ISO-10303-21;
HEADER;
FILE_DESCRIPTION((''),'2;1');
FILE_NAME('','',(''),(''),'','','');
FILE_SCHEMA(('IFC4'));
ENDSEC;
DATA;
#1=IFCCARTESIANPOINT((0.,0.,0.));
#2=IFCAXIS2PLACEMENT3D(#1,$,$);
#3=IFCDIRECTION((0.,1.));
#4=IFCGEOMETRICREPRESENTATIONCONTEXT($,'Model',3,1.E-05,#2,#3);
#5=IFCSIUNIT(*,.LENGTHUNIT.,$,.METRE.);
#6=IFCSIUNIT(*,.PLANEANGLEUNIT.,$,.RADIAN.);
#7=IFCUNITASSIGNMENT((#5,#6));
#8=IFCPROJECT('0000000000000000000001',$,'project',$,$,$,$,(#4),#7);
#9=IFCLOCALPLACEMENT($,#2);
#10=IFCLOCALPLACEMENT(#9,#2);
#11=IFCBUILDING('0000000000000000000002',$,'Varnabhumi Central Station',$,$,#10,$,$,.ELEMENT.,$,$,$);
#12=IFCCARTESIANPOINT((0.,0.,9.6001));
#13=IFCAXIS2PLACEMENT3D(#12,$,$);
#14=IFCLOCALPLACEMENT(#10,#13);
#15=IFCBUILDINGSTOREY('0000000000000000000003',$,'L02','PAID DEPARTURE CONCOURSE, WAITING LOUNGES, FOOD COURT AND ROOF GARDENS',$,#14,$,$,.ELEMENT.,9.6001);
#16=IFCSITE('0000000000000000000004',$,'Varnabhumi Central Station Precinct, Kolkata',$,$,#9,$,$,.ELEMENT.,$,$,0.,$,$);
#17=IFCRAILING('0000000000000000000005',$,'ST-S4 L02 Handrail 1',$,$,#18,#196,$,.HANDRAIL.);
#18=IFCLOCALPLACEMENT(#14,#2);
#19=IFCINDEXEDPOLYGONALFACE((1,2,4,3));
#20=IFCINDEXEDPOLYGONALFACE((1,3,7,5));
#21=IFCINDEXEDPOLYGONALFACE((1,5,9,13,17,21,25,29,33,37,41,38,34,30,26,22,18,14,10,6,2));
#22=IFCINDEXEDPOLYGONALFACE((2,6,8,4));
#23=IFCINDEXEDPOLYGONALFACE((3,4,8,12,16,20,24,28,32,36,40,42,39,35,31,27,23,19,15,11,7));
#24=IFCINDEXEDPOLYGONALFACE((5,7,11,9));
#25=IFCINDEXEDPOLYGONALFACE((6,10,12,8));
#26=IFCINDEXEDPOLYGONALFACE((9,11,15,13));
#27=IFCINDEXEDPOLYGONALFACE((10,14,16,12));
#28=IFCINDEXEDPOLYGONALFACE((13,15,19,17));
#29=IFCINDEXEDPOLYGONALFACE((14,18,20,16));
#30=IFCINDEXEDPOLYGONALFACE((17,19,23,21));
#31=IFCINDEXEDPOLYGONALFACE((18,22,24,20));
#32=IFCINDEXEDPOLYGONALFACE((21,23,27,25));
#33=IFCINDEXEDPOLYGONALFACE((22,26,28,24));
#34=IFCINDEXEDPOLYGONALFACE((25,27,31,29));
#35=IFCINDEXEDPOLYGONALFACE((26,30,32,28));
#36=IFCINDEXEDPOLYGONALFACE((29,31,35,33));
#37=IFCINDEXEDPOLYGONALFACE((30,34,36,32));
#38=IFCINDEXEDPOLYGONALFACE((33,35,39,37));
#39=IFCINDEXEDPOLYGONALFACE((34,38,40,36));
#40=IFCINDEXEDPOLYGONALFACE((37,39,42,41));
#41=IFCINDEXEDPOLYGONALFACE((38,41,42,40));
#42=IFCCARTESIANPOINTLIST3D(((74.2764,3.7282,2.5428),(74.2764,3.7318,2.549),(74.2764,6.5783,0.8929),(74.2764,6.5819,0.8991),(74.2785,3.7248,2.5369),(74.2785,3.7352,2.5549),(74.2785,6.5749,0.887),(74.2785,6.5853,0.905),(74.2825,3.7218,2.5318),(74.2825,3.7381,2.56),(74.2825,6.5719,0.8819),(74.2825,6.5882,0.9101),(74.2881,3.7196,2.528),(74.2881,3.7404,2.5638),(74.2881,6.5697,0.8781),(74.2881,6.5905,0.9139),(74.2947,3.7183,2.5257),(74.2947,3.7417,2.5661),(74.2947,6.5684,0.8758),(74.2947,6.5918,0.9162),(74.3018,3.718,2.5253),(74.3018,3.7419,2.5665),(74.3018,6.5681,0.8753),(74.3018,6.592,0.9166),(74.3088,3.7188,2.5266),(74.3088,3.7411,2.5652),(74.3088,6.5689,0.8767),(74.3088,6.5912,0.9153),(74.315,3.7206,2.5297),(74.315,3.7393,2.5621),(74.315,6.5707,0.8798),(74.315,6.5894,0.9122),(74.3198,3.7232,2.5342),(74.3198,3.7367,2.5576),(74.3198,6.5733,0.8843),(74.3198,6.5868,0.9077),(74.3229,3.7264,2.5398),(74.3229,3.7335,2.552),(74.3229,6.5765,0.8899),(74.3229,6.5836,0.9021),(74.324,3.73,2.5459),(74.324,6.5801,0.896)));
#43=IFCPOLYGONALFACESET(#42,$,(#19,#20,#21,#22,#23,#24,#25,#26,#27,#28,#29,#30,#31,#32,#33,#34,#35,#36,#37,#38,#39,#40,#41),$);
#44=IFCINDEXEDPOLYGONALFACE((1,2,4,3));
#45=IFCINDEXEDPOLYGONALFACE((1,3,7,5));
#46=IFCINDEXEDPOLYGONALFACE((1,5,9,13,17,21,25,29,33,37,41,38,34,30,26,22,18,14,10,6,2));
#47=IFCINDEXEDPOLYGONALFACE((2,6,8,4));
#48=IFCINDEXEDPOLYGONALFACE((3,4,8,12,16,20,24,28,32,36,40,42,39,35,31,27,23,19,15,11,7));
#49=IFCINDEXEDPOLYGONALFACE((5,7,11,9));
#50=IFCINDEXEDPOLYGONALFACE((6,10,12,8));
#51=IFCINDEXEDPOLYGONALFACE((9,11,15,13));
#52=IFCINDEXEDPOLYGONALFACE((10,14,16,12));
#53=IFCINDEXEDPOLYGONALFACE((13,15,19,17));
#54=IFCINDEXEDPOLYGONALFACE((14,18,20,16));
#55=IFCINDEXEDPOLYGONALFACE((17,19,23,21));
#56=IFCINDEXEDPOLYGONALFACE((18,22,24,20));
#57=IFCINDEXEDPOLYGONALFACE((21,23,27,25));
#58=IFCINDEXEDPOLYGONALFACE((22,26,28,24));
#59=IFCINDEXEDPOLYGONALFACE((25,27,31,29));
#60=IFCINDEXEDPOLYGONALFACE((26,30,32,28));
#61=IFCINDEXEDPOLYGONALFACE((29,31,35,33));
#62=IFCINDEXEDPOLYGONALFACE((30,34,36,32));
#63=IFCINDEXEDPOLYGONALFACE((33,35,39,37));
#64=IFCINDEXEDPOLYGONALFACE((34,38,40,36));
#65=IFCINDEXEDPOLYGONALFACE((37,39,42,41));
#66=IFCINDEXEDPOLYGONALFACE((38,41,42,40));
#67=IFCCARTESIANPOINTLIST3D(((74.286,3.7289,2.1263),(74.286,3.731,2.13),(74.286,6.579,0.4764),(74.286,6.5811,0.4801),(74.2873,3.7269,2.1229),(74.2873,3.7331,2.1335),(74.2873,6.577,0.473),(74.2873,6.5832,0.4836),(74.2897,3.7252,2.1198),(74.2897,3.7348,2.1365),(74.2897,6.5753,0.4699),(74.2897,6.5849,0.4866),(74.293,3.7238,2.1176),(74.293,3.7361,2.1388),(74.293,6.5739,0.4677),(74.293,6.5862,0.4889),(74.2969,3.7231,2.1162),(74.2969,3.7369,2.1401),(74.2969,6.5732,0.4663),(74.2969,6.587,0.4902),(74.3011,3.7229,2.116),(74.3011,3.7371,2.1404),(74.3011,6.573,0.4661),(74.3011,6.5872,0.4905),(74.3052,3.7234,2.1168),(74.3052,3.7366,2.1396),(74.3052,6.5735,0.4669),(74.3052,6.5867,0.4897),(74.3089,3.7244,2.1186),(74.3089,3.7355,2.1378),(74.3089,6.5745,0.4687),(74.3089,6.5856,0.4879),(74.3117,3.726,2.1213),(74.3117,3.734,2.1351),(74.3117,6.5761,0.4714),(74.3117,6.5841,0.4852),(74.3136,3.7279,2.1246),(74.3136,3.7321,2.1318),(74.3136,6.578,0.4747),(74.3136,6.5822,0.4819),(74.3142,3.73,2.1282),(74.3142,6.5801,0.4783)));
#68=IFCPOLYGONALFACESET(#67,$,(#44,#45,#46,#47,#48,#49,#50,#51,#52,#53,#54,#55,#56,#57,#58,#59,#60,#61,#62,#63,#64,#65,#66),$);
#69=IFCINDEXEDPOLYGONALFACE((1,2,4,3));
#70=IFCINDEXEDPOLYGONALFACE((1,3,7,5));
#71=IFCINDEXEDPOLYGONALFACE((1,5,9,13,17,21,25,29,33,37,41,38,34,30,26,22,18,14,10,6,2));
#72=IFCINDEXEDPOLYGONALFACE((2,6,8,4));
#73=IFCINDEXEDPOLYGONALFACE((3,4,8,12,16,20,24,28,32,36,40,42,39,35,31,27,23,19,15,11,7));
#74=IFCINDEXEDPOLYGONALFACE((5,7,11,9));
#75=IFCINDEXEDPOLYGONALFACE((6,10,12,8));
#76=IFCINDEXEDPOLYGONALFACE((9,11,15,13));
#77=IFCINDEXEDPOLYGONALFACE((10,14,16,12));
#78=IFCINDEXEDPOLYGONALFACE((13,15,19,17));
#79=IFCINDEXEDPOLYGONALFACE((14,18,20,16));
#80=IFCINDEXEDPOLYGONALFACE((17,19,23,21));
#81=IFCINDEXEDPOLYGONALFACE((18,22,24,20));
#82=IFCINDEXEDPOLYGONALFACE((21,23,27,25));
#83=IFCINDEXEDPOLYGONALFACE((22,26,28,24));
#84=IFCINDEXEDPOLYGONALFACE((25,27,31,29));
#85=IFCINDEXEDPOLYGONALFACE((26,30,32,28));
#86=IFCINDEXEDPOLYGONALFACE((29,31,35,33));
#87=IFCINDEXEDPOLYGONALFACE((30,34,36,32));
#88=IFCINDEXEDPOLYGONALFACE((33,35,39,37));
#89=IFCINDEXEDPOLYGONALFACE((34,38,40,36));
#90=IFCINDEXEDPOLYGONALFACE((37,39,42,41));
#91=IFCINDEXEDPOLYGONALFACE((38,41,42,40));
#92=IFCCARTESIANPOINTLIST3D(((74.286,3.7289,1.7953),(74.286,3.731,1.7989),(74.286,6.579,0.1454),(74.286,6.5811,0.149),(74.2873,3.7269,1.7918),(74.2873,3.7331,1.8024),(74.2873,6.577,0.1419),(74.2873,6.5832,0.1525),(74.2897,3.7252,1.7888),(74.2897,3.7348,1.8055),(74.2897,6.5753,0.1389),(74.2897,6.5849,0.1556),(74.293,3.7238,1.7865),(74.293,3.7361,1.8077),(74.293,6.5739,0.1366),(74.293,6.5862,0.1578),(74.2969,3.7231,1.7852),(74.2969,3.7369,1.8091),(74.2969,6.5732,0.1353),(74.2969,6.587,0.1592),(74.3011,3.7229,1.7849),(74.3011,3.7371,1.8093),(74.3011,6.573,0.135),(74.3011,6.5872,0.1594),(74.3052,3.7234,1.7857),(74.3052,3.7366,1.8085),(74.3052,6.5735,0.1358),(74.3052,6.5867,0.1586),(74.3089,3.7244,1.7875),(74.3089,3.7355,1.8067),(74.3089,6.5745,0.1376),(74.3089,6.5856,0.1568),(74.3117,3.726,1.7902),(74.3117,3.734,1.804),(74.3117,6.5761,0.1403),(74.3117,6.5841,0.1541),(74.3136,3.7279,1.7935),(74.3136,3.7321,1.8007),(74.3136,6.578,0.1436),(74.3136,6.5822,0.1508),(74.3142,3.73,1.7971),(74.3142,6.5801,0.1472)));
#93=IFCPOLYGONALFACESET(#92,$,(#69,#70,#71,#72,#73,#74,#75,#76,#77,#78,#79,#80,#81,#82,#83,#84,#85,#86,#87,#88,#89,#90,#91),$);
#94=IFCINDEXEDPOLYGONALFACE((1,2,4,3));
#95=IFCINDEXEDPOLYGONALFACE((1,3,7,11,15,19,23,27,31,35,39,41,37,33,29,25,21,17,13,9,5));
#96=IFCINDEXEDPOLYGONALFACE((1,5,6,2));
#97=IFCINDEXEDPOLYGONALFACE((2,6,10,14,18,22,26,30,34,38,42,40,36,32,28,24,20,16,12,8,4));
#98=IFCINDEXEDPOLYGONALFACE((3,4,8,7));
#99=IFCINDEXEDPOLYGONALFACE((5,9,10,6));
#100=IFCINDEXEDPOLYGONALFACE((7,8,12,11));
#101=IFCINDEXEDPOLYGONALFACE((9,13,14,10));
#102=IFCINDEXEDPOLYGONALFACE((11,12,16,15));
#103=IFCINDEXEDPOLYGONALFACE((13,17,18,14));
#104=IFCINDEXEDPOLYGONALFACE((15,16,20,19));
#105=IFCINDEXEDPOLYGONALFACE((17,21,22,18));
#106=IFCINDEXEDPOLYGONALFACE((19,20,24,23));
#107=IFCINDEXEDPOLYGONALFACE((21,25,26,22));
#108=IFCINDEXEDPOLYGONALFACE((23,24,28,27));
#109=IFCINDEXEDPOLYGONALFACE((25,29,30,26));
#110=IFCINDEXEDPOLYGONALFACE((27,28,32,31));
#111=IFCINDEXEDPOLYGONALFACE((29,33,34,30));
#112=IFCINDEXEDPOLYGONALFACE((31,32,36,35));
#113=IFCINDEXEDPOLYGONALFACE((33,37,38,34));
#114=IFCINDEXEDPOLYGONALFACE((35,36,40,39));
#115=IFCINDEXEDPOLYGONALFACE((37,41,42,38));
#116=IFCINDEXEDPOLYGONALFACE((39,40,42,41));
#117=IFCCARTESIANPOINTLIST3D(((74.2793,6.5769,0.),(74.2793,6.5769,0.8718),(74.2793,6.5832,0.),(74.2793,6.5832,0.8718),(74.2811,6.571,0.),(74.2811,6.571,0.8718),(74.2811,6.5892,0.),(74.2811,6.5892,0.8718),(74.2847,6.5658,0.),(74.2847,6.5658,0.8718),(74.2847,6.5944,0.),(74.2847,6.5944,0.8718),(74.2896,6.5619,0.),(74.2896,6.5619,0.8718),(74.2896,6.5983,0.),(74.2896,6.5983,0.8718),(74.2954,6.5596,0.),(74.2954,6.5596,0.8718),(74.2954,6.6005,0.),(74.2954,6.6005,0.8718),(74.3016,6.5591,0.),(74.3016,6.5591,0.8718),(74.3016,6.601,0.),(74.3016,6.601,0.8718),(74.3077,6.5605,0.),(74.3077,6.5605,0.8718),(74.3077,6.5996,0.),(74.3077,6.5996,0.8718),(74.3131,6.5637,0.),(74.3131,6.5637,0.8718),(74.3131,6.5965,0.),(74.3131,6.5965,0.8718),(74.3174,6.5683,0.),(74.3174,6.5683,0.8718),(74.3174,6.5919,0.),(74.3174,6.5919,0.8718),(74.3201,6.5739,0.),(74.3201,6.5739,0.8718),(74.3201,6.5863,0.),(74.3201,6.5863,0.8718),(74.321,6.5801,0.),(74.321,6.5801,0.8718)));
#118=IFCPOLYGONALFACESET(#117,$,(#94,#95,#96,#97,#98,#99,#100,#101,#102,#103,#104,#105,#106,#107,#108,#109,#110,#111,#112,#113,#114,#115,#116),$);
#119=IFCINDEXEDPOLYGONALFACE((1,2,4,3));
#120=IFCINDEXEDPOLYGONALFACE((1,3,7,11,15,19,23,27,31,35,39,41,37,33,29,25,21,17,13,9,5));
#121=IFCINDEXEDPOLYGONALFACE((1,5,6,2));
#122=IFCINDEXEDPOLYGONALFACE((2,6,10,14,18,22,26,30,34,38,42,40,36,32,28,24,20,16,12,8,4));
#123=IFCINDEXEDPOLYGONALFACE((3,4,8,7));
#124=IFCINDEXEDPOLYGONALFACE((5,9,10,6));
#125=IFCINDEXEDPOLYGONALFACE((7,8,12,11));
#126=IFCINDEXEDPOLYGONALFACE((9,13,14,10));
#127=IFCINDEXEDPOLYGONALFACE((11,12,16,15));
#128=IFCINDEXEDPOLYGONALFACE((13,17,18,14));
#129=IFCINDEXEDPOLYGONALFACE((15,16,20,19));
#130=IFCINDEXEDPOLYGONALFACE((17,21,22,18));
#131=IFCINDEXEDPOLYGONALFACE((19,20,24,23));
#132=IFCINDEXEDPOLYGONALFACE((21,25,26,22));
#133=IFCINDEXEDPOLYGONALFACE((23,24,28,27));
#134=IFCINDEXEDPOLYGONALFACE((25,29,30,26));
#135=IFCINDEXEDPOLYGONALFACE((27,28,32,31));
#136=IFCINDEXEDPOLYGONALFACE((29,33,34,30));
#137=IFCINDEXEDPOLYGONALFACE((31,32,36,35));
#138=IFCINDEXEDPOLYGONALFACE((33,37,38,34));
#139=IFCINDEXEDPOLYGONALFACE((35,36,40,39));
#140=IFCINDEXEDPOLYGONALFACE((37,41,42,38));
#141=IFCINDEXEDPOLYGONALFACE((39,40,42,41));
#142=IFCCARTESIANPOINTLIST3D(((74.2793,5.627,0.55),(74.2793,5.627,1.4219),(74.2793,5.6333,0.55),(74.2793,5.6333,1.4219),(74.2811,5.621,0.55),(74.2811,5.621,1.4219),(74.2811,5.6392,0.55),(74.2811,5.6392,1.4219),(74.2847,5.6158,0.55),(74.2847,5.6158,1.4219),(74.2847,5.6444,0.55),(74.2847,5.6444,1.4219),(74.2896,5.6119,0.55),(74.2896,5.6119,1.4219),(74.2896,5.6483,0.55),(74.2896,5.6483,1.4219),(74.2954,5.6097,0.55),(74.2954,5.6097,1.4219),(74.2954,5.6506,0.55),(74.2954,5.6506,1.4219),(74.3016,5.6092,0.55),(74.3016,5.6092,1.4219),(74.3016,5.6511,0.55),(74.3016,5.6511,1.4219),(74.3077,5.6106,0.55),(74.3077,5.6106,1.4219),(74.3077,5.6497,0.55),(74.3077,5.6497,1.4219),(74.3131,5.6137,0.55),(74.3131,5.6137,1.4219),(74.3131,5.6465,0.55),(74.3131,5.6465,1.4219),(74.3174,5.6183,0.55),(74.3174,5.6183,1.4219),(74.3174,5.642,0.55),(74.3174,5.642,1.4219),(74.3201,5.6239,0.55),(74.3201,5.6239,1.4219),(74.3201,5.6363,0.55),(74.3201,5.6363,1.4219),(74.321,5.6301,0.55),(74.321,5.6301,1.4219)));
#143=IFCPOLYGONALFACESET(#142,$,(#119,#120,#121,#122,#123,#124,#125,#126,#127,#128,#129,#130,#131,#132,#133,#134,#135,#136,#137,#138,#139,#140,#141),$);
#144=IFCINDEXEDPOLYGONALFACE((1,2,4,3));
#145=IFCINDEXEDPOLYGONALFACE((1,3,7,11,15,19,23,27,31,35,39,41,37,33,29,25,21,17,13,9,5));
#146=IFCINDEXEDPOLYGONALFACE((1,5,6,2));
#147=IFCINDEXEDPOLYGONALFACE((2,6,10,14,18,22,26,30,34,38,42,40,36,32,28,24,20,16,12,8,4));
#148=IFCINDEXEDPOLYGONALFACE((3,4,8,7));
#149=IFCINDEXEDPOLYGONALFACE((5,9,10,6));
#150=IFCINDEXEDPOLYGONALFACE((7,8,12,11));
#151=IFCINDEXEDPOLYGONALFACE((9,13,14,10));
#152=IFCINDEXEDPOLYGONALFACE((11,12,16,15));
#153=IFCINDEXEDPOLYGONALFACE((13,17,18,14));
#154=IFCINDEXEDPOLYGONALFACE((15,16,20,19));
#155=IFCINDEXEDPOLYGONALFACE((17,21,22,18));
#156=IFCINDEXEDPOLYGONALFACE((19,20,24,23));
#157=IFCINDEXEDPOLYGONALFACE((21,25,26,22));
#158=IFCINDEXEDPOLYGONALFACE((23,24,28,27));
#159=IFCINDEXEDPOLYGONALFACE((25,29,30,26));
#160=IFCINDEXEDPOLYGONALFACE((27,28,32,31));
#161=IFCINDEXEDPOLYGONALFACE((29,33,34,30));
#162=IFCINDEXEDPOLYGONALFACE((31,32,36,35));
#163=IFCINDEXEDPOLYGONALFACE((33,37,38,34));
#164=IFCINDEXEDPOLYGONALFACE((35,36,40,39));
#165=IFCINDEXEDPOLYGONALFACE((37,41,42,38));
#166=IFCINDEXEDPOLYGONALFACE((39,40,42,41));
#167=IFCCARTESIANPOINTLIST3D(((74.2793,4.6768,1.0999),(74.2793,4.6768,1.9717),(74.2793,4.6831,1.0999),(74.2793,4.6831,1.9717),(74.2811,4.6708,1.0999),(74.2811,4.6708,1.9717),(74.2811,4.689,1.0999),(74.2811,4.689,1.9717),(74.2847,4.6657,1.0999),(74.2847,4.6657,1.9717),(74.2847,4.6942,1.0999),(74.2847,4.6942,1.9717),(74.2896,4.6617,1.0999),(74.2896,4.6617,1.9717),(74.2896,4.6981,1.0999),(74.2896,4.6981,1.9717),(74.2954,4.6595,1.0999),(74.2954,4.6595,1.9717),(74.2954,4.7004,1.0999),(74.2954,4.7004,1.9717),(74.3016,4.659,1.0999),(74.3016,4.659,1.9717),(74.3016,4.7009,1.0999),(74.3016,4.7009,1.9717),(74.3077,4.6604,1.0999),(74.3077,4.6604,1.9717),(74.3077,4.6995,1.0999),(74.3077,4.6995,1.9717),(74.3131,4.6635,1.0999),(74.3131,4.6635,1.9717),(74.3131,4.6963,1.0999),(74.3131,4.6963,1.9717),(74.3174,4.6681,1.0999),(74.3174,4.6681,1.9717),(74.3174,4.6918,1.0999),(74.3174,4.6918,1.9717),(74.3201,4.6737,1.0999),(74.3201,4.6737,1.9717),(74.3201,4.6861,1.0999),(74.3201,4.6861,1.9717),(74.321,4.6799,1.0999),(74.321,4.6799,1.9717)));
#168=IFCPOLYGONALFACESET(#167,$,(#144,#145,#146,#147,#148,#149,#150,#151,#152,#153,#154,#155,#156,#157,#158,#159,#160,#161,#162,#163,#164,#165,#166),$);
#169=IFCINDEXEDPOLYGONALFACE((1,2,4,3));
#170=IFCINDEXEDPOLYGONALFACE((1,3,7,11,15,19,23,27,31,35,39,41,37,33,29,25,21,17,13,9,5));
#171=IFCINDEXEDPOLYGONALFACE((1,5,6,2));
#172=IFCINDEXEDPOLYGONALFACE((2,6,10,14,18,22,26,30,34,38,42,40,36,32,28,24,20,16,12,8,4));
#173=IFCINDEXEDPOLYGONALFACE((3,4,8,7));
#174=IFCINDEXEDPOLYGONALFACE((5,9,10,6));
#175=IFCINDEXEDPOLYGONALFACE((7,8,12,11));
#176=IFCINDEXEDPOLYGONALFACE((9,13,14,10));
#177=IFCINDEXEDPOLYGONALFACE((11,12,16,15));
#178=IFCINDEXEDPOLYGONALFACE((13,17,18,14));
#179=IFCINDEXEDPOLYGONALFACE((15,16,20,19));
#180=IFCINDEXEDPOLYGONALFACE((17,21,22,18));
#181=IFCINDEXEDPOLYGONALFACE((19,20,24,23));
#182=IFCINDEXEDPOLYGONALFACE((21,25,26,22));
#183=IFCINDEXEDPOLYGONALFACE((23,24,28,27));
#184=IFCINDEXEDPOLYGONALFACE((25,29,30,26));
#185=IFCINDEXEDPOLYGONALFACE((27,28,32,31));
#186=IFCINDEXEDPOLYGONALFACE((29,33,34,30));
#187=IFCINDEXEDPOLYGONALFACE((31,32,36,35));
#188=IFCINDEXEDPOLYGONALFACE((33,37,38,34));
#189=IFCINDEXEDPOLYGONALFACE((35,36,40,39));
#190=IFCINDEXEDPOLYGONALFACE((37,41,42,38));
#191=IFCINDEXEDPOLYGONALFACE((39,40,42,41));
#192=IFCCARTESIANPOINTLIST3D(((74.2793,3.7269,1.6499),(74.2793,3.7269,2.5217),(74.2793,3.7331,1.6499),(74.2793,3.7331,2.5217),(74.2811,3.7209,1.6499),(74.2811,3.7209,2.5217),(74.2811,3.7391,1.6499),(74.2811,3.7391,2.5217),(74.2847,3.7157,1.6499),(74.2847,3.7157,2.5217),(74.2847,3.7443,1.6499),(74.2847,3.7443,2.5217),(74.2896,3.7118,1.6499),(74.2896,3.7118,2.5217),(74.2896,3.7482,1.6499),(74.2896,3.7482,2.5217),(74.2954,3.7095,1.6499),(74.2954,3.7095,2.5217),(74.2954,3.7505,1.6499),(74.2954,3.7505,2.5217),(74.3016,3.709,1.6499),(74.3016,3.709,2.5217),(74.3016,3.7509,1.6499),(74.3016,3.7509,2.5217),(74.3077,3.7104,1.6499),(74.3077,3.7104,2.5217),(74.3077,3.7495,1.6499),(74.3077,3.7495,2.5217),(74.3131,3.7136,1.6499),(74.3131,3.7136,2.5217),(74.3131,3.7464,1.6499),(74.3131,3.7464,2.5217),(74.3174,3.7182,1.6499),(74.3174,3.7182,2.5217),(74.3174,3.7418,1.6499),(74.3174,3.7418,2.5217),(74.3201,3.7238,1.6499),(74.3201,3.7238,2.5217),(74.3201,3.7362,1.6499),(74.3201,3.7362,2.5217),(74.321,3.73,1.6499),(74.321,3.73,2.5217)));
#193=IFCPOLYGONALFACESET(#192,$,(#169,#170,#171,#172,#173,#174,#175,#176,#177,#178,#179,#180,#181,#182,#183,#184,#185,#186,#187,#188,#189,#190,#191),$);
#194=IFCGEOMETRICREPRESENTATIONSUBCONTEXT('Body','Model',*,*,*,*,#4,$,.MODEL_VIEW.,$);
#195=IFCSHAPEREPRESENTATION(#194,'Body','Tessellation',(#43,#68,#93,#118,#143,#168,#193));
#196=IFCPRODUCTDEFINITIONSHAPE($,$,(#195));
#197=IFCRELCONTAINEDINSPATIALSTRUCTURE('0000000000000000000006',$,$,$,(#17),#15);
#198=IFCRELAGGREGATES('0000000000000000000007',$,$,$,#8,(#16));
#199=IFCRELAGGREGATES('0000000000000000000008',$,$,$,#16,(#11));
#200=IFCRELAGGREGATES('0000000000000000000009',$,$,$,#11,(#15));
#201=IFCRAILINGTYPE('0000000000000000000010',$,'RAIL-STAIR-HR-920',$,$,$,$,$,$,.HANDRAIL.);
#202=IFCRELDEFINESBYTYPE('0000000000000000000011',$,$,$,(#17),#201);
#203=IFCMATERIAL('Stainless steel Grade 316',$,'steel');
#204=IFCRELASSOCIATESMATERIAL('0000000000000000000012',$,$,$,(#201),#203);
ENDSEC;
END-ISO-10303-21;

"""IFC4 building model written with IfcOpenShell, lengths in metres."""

from ifc_helpers import new_model, si_unit, direction, frame, origin, origin_2d, place, context, subcontext, project, spatial, circle, extrude, material, type_object, element, save


model = new_model("IFC4")

# Units and contexts
model_context = context("Model", 3, precision=1e-05, world=origin(), true_north=direction((0.0, 1.0)))
body_context = subcontext(model_context, "Body", "Model", "MODEL_VIEW")
ifc_project = project(units=[si_unit("LENGTHUNIT", "METRE"), si_unit("PLANEANGLEUNIT", "RADIAN")], contexts=[model_context])

# Site, building, storey
site_placement = place(None, origin())
site = spatial("IfcSite", under=ifc_project, at=site_placement, Name="Varnabhumi Central Station Precinct, Kolkata", CompositionType="ELEMENT", RefElevation=0.0)
building_placement = place(site_placement, origin())
building = spatial("IfcBuilding", under=site, at=building_placement, Name="Varnabhumi Central Station", CompositionType="ELEMENT")
storey_placement = place(building_placement, frame((0.0, 0.0, 9.6001)))
storey = spatial("IfcBuildingStorey", under=building, at=storey_placement, Name="L02", Description="PAID DEPARTURE CONCOURSE, WAITING LOUNGES, FOOD COURT AND ROOF GARDENS", CompositionType="ELEMENT", Elevation=9.6001)

# Railing
ifc_material_1 = material(Name="Stainless steel Grade 316", Category="steel")
railing_type_1 = type_object("IfcRailingType", Name="RAIL-STAIR-HR-920", PredefinedType="HANDRAIL", material=ifc_material_1)
railing_1_placement = place(storey_placement, frame((74.3, 6.5801, 0.0)))
element("IfcRailing", 1, at=railing_1_placement, inside=storey, type_object=railing_type_1, Name="ST-S4 L02 Handrail 1", PredefinedType="HANDRAIL", context=body_context, shape_type="SweptSolid", body=[
    extrude(circle(Radius=0.0239, at=origin_2d()), frame((0.0, 0.0, 0.896), z_axis=(0.0, -0.865447, 0.501001), x_axis=(1.0, 0.0, 0.0)), (0.0, 0.0, 1.0), 3.2932),
    extrude(circle(Radius=0.0142, at=origin_2d()), frame((0.0, 0.0, 0.4783), z_axis=(0.0, -0.865447, 0.501001), x_axis=(1.0, 0.0, 0.0)), (0.0, 0.0, 1.0), 3.2932),
    extrude(circle(Radius=0.0142, at=origin_2d()), frame((0.0, 0.0, 0.1472), z_axis=(0.0, -0.865447, 0.501001), x_axis=(1.0, 0.0, 0.0)), (0.0, 0.0, 1.0), 3.2932),
    extrude(circle(Radius=0.021, at=origin_2d()), origin(), (0.0, 0.0, 1.0), 0.8718),
    extrude(circle(Radius=0.021, at=origin_2d()), frame((0.0, -0.95, 0.55)), (0.0, 0.0, 1.0), 0.8718),
    extrude(circle(Radius=0.021, at=origin_2d()), frame((0.0, -1.9001, 1.0999)), (0.0, 0.0, 1.0), 0.8718),
    extrude(circle(Radius=0.021, at=origin_2d()), frame((0.0, -2.8501, 1.6499)), (0.0, 0.0, 1.0), 0.8718),
])

save(model, "model.ifc")
